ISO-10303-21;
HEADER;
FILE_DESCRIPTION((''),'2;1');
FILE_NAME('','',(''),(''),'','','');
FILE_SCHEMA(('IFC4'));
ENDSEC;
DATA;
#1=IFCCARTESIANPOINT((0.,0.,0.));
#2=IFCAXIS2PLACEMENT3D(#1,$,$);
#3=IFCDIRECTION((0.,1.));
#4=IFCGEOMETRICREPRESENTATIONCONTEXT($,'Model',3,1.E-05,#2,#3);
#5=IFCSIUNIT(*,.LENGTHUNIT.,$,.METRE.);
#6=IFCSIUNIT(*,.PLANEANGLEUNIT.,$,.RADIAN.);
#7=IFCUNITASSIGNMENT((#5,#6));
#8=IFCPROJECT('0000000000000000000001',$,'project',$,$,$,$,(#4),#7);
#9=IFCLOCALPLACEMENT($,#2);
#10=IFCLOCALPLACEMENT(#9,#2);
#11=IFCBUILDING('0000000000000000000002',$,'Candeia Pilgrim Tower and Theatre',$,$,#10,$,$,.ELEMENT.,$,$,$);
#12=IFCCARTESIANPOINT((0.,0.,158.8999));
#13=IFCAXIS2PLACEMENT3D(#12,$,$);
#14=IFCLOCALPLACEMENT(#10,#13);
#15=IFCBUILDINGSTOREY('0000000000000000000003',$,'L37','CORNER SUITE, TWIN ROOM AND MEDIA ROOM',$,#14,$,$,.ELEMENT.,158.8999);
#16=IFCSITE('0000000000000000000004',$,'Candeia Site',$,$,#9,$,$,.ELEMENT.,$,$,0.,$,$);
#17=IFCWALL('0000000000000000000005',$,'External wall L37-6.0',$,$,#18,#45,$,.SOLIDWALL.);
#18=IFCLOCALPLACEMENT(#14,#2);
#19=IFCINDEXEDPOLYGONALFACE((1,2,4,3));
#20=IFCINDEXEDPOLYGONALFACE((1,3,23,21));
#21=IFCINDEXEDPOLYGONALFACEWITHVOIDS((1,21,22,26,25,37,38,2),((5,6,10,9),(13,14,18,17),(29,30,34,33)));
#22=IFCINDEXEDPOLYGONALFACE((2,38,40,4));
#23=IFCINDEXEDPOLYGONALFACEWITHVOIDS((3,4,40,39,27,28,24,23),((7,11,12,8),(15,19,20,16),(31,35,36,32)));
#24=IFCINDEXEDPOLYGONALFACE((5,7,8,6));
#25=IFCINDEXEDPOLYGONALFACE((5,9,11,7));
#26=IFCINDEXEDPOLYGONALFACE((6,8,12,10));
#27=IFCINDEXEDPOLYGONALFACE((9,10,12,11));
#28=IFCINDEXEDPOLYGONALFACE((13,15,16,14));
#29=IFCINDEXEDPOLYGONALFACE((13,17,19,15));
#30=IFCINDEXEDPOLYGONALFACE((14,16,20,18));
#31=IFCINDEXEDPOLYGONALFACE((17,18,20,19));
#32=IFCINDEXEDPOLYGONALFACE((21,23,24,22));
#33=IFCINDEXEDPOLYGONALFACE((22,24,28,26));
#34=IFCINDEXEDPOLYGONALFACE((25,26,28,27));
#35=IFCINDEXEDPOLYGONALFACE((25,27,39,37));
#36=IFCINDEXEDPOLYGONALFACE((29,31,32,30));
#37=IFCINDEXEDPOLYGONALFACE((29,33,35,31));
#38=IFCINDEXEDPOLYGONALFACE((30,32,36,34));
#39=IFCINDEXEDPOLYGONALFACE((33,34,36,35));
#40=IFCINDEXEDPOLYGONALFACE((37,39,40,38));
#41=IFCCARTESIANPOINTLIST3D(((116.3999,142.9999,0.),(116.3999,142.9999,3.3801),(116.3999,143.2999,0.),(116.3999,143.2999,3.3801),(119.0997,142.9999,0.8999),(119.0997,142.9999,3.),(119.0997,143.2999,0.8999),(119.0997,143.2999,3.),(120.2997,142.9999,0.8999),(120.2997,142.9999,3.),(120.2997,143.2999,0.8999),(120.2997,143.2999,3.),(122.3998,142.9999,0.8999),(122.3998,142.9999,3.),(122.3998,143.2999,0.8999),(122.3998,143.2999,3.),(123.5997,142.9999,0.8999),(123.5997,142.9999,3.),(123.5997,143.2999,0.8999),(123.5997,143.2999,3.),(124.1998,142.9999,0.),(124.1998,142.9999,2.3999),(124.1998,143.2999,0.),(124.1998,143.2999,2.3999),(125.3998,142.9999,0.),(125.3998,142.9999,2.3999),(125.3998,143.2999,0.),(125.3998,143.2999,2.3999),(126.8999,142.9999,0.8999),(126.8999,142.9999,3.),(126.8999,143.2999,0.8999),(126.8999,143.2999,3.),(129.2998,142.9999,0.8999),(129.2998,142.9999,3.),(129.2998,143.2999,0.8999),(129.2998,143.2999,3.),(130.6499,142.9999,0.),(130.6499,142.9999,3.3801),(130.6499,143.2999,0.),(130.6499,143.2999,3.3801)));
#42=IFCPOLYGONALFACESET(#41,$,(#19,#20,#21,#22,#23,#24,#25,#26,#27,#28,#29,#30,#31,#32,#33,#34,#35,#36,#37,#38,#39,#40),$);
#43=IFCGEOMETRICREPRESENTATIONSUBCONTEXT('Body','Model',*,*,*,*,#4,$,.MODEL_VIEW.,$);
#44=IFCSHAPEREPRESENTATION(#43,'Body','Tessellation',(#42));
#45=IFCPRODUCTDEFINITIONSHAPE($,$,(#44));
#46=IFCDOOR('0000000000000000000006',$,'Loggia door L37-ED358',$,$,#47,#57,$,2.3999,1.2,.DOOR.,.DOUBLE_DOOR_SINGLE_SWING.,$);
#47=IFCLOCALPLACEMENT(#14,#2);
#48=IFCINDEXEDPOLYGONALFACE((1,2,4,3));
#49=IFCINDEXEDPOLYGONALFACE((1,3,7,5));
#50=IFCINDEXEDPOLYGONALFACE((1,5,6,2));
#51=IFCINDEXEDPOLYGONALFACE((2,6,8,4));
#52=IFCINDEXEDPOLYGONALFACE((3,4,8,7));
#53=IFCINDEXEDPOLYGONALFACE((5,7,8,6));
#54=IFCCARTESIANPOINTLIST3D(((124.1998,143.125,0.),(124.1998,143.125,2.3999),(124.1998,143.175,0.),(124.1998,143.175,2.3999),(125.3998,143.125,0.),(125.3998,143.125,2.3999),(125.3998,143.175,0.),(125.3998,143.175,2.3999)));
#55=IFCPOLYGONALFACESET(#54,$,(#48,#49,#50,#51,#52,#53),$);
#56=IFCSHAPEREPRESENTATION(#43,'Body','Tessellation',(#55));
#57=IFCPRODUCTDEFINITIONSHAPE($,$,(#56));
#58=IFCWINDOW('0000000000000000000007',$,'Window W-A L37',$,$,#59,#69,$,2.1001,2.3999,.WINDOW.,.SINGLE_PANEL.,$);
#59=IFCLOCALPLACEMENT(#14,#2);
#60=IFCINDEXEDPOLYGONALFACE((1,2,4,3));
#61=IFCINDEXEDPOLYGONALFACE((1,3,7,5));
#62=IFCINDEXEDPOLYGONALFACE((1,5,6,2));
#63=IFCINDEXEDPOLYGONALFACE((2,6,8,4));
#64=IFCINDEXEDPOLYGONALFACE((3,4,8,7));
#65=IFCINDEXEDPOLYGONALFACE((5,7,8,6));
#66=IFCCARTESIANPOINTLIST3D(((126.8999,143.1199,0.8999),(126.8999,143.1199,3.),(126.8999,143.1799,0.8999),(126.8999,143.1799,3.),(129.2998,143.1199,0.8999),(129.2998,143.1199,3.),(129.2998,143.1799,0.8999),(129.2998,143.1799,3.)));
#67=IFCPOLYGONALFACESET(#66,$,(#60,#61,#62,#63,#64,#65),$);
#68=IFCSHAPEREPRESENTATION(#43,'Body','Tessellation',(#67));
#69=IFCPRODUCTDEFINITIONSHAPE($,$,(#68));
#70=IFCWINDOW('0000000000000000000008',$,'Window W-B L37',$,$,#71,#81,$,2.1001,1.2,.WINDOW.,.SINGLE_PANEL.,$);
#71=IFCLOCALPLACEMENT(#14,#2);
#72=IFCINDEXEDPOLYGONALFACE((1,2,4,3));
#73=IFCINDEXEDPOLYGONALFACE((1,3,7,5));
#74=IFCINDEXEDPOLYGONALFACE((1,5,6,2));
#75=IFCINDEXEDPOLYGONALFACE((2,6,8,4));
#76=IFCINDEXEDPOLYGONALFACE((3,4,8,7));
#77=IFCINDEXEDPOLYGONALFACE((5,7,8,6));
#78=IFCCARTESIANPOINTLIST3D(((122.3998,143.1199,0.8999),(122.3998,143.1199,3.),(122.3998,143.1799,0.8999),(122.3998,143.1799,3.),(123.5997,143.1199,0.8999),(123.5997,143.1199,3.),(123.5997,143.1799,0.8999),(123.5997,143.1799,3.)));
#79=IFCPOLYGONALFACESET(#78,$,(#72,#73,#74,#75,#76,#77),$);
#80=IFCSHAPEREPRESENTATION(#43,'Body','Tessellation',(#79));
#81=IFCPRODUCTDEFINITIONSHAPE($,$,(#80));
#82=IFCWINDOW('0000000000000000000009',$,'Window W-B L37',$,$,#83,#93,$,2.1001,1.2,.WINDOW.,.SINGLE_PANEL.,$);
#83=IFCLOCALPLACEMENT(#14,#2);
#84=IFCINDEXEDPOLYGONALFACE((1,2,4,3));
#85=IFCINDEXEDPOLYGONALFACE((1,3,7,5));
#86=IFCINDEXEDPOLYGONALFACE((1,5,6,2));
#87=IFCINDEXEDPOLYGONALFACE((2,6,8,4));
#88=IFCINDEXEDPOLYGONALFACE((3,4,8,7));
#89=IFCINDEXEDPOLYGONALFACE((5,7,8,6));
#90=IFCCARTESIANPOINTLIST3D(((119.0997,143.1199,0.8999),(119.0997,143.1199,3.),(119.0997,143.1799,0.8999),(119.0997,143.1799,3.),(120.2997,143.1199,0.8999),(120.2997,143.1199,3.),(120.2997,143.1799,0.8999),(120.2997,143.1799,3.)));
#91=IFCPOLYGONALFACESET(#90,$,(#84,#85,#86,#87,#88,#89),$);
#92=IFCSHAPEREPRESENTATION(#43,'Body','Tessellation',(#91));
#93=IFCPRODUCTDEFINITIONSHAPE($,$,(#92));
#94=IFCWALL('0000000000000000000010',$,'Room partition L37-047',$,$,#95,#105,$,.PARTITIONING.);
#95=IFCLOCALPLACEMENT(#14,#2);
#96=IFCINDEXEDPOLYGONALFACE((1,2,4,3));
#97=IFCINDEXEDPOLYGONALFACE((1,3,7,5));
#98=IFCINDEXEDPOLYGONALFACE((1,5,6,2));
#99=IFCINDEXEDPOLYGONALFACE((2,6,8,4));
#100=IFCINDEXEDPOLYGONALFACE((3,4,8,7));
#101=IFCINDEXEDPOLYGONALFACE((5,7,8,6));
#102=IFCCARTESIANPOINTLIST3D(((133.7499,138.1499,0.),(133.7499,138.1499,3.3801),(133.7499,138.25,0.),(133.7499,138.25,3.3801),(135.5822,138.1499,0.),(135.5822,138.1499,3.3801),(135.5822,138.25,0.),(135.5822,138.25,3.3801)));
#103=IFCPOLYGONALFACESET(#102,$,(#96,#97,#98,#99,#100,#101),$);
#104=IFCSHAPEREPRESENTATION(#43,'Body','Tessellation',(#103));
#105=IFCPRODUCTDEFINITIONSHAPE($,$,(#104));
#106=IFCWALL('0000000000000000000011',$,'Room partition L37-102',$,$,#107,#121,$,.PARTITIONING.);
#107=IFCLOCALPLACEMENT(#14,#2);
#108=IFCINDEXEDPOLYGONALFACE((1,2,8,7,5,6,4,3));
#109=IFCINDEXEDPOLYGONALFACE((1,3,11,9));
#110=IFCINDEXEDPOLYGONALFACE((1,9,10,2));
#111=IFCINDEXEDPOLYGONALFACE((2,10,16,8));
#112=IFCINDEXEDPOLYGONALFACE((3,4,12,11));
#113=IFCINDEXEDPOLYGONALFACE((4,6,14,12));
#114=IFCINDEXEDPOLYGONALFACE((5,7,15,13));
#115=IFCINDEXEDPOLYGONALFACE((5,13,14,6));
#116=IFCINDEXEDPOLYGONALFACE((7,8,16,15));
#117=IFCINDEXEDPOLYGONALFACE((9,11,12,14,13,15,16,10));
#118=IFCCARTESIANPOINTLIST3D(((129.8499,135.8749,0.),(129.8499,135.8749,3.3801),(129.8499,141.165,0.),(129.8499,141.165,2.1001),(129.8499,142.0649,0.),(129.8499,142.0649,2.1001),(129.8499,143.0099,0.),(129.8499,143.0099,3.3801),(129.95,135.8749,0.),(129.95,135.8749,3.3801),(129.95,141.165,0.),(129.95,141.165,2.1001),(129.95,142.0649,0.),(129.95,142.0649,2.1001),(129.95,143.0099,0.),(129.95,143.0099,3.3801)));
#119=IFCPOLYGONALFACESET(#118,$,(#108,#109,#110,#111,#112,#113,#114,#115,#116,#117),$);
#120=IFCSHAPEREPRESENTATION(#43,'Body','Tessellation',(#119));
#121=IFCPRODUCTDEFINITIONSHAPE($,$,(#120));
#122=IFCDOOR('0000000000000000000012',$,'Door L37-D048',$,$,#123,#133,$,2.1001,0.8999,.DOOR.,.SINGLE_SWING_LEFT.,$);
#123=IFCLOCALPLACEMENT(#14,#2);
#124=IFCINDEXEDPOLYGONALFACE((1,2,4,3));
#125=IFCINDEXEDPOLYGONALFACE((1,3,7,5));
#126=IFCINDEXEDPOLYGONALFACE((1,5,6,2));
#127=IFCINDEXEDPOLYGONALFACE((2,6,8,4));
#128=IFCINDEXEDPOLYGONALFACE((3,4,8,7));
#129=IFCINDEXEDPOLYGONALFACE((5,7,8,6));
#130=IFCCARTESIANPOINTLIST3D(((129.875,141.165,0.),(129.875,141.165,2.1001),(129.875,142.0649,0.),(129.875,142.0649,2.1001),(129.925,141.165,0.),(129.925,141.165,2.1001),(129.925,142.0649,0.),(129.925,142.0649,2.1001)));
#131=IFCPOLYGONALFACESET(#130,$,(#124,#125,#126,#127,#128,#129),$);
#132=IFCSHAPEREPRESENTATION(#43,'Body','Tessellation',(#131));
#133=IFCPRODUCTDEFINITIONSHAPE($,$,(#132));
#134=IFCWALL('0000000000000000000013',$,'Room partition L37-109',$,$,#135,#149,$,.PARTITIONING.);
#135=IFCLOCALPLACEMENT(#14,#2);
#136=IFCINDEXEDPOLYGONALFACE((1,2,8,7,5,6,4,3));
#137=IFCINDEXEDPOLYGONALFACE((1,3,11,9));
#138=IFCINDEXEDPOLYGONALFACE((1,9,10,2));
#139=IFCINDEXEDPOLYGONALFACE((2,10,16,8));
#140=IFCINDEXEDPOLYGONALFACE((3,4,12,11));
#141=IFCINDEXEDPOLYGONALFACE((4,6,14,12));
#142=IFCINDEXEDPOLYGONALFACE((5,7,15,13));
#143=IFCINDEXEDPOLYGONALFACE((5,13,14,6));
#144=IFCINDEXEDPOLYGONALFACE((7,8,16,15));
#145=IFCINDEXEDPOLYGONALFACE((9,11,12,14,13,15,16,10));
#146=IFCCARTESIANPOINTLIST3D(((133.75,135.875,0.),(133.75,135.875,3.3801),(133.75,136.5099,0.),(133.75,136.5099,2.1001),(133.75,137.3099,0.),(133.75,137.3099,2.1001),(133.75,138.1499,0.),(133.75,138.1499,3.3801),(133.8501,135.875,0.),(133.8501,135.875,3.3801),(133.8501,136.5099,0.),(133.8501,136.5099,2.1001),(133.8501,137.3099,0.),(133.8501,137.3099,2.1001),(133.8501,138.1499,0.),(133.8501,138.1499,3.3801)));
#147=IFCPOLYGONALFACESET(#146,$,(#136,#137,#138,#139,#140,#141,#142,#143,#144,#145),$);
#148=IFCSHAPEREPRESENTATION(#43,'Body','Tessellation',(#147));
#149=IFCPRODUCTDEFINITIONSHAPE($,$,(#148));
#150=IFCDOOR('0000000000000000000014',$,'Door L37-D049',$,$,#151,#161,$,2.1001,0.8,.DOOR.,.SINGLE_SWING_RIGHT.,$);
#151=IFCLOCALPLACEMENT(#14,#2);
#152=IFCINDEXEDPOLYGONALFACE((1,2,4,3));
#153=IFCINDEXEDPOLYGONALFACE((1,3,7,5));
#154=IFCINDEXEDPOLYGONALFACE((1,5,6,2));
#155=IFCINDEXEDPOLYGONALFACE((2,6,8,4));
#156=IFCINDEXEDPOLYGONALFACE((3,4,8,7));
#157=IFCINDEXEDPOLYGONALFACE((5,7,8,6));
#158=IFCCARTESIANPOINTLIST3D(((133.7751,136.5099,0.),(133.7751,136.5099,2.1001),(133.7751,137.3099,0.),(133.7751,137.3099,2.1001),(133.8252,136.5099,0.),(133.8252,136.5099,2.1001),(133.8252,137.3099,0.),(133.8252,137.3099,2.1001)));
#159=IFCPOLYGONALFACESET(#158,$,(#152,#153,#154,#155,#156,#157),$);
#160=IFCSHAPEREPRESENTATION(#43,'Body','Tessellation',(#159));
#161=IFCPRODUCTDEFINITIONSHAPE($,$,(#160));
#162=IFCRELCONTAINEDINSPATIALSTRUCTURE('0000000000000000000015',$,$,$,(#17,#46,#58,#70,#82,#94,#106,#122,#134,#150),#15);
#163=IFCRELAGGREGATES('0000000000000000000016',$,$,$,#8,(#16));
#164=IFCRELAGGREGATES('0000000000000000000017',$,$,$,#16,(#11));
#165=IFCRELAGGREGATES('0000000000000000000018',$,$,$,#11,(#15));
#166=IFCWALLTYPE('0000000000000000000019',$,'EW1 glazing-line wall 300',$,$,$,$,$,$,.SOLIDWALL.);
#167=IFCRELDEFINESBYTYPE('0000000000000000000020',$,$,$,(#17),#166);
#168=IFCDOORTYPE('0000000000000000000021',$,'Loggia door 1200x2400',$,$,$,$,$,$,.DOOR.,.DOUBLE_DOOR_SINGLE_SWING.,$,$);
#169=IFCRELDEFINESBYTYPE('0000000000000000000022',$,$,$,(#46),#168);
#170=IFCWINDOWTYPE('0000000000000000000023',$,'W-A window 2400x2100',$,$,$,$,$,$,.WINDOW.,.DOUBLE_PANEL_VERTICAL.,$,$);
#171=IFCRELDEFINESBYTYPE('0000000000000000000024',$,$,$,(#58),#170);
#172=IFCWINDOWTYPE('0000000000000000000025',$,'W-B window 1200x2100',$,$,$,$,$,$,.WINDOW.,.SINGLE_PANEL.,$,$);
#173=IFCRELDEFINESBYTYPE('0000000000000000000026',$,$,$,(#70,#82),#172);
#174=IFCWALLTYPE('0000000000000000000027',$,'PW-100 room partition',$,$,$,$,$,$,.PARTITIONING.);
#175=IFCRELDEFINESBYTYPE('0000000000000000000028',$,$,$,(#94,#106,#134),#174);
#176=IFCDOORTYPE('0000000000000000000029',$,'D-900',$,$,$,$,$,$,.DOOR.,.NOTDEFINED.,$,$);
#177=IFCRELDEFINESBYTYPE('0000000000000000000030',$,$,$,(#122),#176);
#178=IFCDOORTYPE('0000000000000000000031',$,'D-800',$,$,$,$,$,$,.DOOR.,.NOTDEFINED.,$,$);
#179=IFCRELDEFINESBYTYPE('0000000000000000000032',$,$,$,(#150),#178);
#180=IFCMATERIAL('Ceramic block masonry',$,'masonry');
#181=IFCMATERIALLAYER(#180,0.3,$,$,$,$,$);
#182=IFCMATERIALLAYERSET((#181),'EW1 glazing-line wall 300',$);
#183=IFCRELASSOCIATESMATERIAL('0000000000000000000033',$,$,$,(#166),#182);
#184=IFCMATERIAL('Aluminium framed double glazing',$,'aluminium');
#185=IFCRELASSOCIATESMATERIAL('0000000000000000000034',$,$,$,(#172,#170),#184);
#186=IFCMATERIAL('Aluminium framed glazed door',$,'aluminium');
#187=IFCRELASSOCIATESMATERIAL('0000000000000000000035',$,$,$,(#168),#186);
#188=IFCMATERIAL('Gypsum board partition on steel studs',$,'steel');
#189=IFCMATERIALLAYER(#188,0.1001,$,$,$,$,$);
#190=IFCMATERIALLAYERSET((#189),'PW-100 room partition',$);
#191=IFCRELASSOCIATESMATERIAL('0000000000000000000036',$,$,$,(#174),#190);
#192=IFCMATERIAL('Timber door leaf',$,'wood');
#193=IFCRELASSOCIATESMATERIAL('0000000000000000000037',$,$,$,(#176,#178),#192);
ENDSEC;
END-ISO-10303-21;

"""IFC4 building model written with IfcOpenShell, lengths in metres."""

from ifc_helpers import new_model, si_unit, direction, frame, frame_2d, origin, place, context, subcontext, project, spatial, rectangle, extrude, material, layer, layer_set, type_object, element, fill, save


model = new_model("IFC4")

# Units and contexts
model_context = context("Model", 3, precision=1e-05, world=origin(), true_north=direction((0.0, 1.0)))
body_context = subcontext(model_context, "Body", "Model", "MODEL_VIEW")
ifc_project = project(units=[si_unit("LENGTHUNIT", "METRE"), si_unit("PLANEANGLEUNIT", "RADIAN")], contexts=[model_context])

# Site, building, storey
site_placement = place(None, origin())
site = spatial("IfcSite", under=ifc_project, at=site_placement, Name="Candeia Site", CompositionType="ELEMENT", RefElevation=0.0)
building_placement = place(site_placement, origin())
building = spatial("IfcBuilding", under=site, at=building_placement, Name="Candeia Pilgrim Tower and Theatre", CompositionType="ELEMENT")
storey_placement = place(building_placement, frame((0.0, 0.0, 158.8999)))
storey = spatial("IfcBuildingStorey", under=building, at=storey_placement, Name="L37", Description="CORNER SUITE, TWIN ROOM AND MEDIA ROOM", CompositionType="ELEMENT", Elevation=158.8999)

# Shared definitions
ifc_material_1 = material(Name="Ceramic block masonry", Category="masonry")
ifc_layer_1 = layer(ifc_material_1, 0.3)
ifc_layer_set_1 = layer_set([ifc_layer_1], Name="EW1 glazing-line wall 300")
wall_type_1 = type_object("IfcWallType", Name="EW1 glazing-line wall 300", PredefinedType="SOLIDWALL", material=ifc_layer_set_1)
ifc_material_2 = material(Name="Aluminium framed double glazing", Category="aluminium")
window_type_1 = type_object("IfcWindowType", Name="W-B window 1200x2100", PartitioningType="SINGLE_PANEL", PredefinedType="WINDOW", material=ifc_material_2)

# Shared definitions
window_type_2 = type_object("IfcWindowType", Name="W-A window 2400x2100", PartitioningType="DOUBLE_PANEL_VERTICAL", PredefinedType="WINDOW", material=ifc_material_2)

# Wall, openings, door, windows
wall_1_placement = place(storey_placement, frame((130.6499, 143.1499, 0.0), z_axis=(0.0, 0.0, 1.0), x_axis=(-1.0, 0.0, 0.0)))
wall_1 = element("IfcWall", 1, at=wall_1_placement, inside=storey, type_object=wall_type_1, Name="External wall L37-6.0", PredefinedType="SOLIDWALL", context=body_context, shape_type="SweptSolid", body=[
    extrude(rectangle(XDim=14.25, YDim=0.3, at=frame_2d((7.125, 0.0))), origin(), (0.0, 0.0, 1.0), 3.3801),
])
opening_1_placement = place(wall_1_placement, frame((1.3501, 0.0, 0.8999)))
opening_1 = element("IfcOpeningElement", 2, at=opening_1_placement, cuts=wall_1, PredefinedType="OPENING", context=body_context, shape_type="SweptSolid", body=[
    extrude(rectangle(XDim=2.3999, YDim=2.1001, at=frame_2d((1.2, 1.05))), frame((0.0, 0.1602, 0.0), z_axis=(0.0, -1.0, 0.0), x_axis=(1.0, 0.0, 0.0)), (0.0, 0.0, 1.0), 0.3201),
])
opening_2_placement = place(wall_1_placement, frame((5.25, 0.0, 0.0)))
opening_2 = element("IfcOpeningElement", 3, at=opening_2_placement, cuts=wall_1, PredefinedType="OPENING", context=body_context, shape_type="SweptSolid", body=[
    extrude(rectangle(XDim=1.2, YDim=2.3999, at=frame_2d((0.6001, 1.2))), frame((0.0, 0.1602, 0.0), z_axis=(0.0, -1.0, 0.0), x_axis=(1.0, 0.0, 0.0)), (0.0, 0.0, 1.0), 0.3201),
])
opening_3_placement = place(wall_1_placement, frame((7.05, 0.0, 0.8999)))
opening_3 = element("IfcOpeningElement", 4, at=opening_3_placement, cuts=wall_1, PredefinedType="OPENING", context=body_context, shape_type="SweptSolid", body=[
    extrude(rectangle(XDim=1.2, YDim=2.1001, at=frame_2d((0.6001, 1.05))), frame((0.0, 0.1602, 0.0), z_axis=(0.0, -1.0, 0.0), x_axis=(1.0, 0.0, 0.0)), (0.0, 0.0, 1.0), 0.3201),
])
opening_4_placement = place(wall_1_placement, frame((10.3501, 0.0, 0.8999)))
opening_4 = element("IfcOpeningElement", 5, at=opening_4_placement, cuts=wall_1, PredefinedType="OPENING", context=body_context, shape_type="SweptSolid", body=[
    extrude(rectangle(XDim=1.2, YDim=2.1001, at=frame_2d((0.6001, 1.05))), frame((0.0, 0.1602, 0.0), z_axis=(0.0, -1.0, 0.0), x_axis=(1.0, 0.0, 0.0)), (0.0, 0.0, 1.0), 0.3201),
])
ifc_material_3 = material(Name="Aluminium framed glazed door", Category="aluminium")
door_type_1 = type_object("IfcDoorType", Name="Loggia door 1200x2400", OperationType="DOUBLE_DOOR_SINGLE_SWING", PredefinedType="DOOR", material=ifc_material_3)
door_1_placement = place(opening_2_placement, origin())
door_1 = element("IfcDoor", 6, at=door_1_placement, inside=storey, type_object=door_type_1, Name="Loggia door L37-ED358", OperationType="DOUBLE_DOOR_SINGLE_SWING", OverallHeight=2.3999, OverallWidth=1.2, PredefinedType="DOOR", context=body_context, shape_type="SweptSolid", body=[
    extrude(rectangle(XDim=1.2, YDim=2.3999, at=frame_2d((0.6001, 1.2))), frame((0.0, 0.0249, 0.0), z_axis=(0.0, -1.0, 0.0), x_axis=(1.0, 0.0, 0.0)), (0.0, 0.0, 1.0), 0.05),
])
fill(opening_2, door_1)
window_1_placement = place(opening_1_placement, origin())
window_1 = element("IfcWindow", 7, at=window_1_placement, inside=storey, type_object=window_type_2, Name="Window W-A L37", OverallHeight=2.1001, OverallWidth=2.3999, PartitioningType="SINGLE_PANEL", PredefinedType="WINDOW", context=body_context, shape_type="SweptSolid", body=[
    extrude(rectangle(XDim=2.3999, YDim=2.1001, at=frame_2d((1.2, 1.05))), frame((0.0, 0.03, 0.0), z_axis=(0.0, -1.0, 0.0), x_axis=(1.0, 0.0, 0.0)), (0.0, 0.0, 1.0), 0.0601),
])
fill(opening_1, window_1)
window_2_placement = place(opening_3_placement, origin())
window_2 = element("IfcWindow", 8, at=window_2_placement, inside=storey, type_object=window_type_1, Name="Window W-B L37", OverallHeight=2.1001, OverallWidth=1.2, PartitioningType="SINGLE_PANEL", PredefinedType="WINDOW", context=body_context, shape_type="SweptSolid", body=[
    extrude(rectangle(XDim=1.2, YDim=2.1001, at=frame_2d((0.6001, 1.05))), frame((0.0, 0.03, 0.0), z_axis=(0.0, -1.0, 0.0), x_axis=(1.0, 0.0, 0.0)), (0.0, 0.0, 1.0), 0.0601),
])
fill(opening_3, window_2)
window_3_placement = place(opening_4_placement, origin())
window_3 = element("IfcWindow", 9, at=window_3_placement, inside=storey, type_object=window_type_1, Name="Window W-B L37", OverallHeight=2.1001, OverallWidth=1.2, PartitioningType="SINGLE_PANEL", PredefinedType="WINDOW", context=body_context, shape_type="SweptSolid", body=[
    extrude(rectangle(XDim=1.2, YDim=2.1001, at=frame_2d((0.6001, 1.05))), frame((0.0, 0.03, 0.0), z_axis=(0.0, -1.0, 0.0), x_axis=(1.0, 0.0, 0.0)), (0.0, 0.0, 1.0), 0.0601),
])
fill(opening_4, window_3)

# Wall
ifc_material_4 = material(Name="Gypsum board partition on steel studs", Category="steel")
ifc_layer_2 = layer(ifc_material_4, 0.1001)
ifc_layer_set_2 = layer_set([ifc_layer_2], Name="PW-100 room partition")
wall_type_2 = type_object("IfcWallType", Name="PW-100 room partition", PredefinedType="PARTITIONING", material=ifc_layer_set_2)
wall_2_placement = place(storey_placement, frame((133.75, 138.2, 0.0), z_axis=(0.0, 0.0, 1.0), x_axis=(1.0, 0.0, 0.0)))
element("IfcWall", 10, at=wall_2_placement, inside=storey, type_object=wall_type_2, Name="Room partition L37-047", PredefinedType="PARTITIONING", context=body_context, shape_type="SweptSolid", body=[
    extrude(rectangle(XDim=1.8323, YDim=0.1001, at=frame_2d((0.916, 0.0))), origin(), (0.0, 0.0, 1.0), 3.3801),
])

# Walls, openings, doors
wall_3_placement = place(storey_placement, frame((129.8999, 135.875, 0.0), z_axis=(0.0, 0.0, 1.0), x_axis=(0.0, 1.0, 0.0)))
wall_3 = element("IfcWall", 11, at=wall_3_placement, inside=storey, type_object=wall_type_2, Name="Room partition L37-102", PredefinedType="PARTITIONING", context=body_context, shape_type="SweptSolid", body=[
    extrude(rectangle(XDim=7.135, YDim=0.1001, at=frame_2d((3.5674, 0.0))), origin(), (0.0, 0.0, 1.0), 3.3801),
])
opening_5_placement = place(wall_3_placement, frame((5.29, 0.0, 0.0)))
opening_5 = element("IfcOpeningElement", 12, at=opening_5_placement, cuts=wall_3, PredefinedType="OPENING", context=body_context, shape_type="SweptSolid", body=[
    extrude(rectangle(XDim=0.8999, YDim=2.1001, at=frame_2d((0.45, 1.05))), frame((0.0, 0.0601, 0.0), z_axis=(0.0, -1.0, 0.0), x_axis=(1.0, 0.0, 0.0)), (0.0, 0.0, 1.0), 0.1201),
])
ifc_material_5 = material(Name="Timber door leaf", Category="wood")
door_type_2 = type_object("IfcDoorType", Name="D-900", OperationType="NOTDEFINED", PredefinedType="DOOR", material=ifc_material_5)
door_2_placement = place(opening_5_placement, origin())
door_2 = element("IfcDoor", 13, at=door_2_placement, inside=storey, type_object=door_type_2, Name="Door L37-D048", OperationType="SINGLE_SWING_LEFT", OverallHeight=2.1001, OverallWidth=0.8999, PredefinedType="DOOR", context=body_context, shape_type="SweptSolid", body=[
    extrude(rectangle(XDim=0.8999, YDim=2.1001, at=frame_2d((0.45, 1.05))), frame((0.0, 0.0249, 0.0), z_axis=(0.0, -1.0, 0.0), x_axis=(1.0, 0.0, 0.0)), (0.0, 0.0, 1.0), 0.05),
])
fill(opening_5, door_2)
wall_4_placement = place(storey_placement, frame((133.8, 135.875, 0.0), z_axis=(0.0, 0.0, 1.0), x_axis=(0.0, 1.0, 0.0)))
wall_4 = element("IfcWall", 14, at=wall_4_placement, inside=storey, type_object=wall_type_2, Name="Room partition L37-109", PredefinedType="PARTITIONING", context=body_context, shape_type="SweptSolid", body=[
    extrude(rectangle(XDim=2.2749, YDim=0.1001, at=frame_2d((1.1375, 0.0))), origin(), (0.0, 0.0, 1.0), 3.3801),
])
opening_6_placement = place(wall_4_placement, frame((0.635, 0.0, 0.0)))
opening_6 = element("IfcOpeningElement", 15, at=opening_6_placement, cuts=wall_4, PredefinedType="OPENING", context=body_context, shape_type="SweptSolid", body=[
    extrude(rectangle(XDim=0.8, YDim=2.1001, at=frame_2d((0.3999, 1.05))), frame((0.0, 0.0601, 0.0), z_axis=(0.0, -1.0, 0.0), x_axis=(1.0, 0.0, 0.0)), (0.0, 0.0, 1.0), 0.1201),
])
door_type_3 = type_object("IfcDoorType", Name="D-800", OperationType="NOTDEFINED", PredefinedType="DOOR", material=ifc_material_5)
door_3_placement = place(opening_6_placement, origin())
door_3 = element("IfcDoor", 16, at=door_3_placement, inside=storey, type_object=door_type_3, Name="Door L37-D049", OperationType="SINGLE_SWING_RIGHT", OverallHeight=2.1001, OverallWidth=0.8, PredefinedType="DOOR", context=body_context, shape_type="SweptSolid", body=[
    extrude(rectangle(XDim=0.8, YDim=2.1001, at=frame_2d((0.3999, 1.05))), frame((0.0, 0.0249, 0.0), z_axis=(0.0, -1.0, 0.0), x_axis=(1.0, 0.0, 0.0)), (0.0, 0.0, 1.0), 0.05),
])
fill(opening_6, door_3)

save(model, "model.ifc")
